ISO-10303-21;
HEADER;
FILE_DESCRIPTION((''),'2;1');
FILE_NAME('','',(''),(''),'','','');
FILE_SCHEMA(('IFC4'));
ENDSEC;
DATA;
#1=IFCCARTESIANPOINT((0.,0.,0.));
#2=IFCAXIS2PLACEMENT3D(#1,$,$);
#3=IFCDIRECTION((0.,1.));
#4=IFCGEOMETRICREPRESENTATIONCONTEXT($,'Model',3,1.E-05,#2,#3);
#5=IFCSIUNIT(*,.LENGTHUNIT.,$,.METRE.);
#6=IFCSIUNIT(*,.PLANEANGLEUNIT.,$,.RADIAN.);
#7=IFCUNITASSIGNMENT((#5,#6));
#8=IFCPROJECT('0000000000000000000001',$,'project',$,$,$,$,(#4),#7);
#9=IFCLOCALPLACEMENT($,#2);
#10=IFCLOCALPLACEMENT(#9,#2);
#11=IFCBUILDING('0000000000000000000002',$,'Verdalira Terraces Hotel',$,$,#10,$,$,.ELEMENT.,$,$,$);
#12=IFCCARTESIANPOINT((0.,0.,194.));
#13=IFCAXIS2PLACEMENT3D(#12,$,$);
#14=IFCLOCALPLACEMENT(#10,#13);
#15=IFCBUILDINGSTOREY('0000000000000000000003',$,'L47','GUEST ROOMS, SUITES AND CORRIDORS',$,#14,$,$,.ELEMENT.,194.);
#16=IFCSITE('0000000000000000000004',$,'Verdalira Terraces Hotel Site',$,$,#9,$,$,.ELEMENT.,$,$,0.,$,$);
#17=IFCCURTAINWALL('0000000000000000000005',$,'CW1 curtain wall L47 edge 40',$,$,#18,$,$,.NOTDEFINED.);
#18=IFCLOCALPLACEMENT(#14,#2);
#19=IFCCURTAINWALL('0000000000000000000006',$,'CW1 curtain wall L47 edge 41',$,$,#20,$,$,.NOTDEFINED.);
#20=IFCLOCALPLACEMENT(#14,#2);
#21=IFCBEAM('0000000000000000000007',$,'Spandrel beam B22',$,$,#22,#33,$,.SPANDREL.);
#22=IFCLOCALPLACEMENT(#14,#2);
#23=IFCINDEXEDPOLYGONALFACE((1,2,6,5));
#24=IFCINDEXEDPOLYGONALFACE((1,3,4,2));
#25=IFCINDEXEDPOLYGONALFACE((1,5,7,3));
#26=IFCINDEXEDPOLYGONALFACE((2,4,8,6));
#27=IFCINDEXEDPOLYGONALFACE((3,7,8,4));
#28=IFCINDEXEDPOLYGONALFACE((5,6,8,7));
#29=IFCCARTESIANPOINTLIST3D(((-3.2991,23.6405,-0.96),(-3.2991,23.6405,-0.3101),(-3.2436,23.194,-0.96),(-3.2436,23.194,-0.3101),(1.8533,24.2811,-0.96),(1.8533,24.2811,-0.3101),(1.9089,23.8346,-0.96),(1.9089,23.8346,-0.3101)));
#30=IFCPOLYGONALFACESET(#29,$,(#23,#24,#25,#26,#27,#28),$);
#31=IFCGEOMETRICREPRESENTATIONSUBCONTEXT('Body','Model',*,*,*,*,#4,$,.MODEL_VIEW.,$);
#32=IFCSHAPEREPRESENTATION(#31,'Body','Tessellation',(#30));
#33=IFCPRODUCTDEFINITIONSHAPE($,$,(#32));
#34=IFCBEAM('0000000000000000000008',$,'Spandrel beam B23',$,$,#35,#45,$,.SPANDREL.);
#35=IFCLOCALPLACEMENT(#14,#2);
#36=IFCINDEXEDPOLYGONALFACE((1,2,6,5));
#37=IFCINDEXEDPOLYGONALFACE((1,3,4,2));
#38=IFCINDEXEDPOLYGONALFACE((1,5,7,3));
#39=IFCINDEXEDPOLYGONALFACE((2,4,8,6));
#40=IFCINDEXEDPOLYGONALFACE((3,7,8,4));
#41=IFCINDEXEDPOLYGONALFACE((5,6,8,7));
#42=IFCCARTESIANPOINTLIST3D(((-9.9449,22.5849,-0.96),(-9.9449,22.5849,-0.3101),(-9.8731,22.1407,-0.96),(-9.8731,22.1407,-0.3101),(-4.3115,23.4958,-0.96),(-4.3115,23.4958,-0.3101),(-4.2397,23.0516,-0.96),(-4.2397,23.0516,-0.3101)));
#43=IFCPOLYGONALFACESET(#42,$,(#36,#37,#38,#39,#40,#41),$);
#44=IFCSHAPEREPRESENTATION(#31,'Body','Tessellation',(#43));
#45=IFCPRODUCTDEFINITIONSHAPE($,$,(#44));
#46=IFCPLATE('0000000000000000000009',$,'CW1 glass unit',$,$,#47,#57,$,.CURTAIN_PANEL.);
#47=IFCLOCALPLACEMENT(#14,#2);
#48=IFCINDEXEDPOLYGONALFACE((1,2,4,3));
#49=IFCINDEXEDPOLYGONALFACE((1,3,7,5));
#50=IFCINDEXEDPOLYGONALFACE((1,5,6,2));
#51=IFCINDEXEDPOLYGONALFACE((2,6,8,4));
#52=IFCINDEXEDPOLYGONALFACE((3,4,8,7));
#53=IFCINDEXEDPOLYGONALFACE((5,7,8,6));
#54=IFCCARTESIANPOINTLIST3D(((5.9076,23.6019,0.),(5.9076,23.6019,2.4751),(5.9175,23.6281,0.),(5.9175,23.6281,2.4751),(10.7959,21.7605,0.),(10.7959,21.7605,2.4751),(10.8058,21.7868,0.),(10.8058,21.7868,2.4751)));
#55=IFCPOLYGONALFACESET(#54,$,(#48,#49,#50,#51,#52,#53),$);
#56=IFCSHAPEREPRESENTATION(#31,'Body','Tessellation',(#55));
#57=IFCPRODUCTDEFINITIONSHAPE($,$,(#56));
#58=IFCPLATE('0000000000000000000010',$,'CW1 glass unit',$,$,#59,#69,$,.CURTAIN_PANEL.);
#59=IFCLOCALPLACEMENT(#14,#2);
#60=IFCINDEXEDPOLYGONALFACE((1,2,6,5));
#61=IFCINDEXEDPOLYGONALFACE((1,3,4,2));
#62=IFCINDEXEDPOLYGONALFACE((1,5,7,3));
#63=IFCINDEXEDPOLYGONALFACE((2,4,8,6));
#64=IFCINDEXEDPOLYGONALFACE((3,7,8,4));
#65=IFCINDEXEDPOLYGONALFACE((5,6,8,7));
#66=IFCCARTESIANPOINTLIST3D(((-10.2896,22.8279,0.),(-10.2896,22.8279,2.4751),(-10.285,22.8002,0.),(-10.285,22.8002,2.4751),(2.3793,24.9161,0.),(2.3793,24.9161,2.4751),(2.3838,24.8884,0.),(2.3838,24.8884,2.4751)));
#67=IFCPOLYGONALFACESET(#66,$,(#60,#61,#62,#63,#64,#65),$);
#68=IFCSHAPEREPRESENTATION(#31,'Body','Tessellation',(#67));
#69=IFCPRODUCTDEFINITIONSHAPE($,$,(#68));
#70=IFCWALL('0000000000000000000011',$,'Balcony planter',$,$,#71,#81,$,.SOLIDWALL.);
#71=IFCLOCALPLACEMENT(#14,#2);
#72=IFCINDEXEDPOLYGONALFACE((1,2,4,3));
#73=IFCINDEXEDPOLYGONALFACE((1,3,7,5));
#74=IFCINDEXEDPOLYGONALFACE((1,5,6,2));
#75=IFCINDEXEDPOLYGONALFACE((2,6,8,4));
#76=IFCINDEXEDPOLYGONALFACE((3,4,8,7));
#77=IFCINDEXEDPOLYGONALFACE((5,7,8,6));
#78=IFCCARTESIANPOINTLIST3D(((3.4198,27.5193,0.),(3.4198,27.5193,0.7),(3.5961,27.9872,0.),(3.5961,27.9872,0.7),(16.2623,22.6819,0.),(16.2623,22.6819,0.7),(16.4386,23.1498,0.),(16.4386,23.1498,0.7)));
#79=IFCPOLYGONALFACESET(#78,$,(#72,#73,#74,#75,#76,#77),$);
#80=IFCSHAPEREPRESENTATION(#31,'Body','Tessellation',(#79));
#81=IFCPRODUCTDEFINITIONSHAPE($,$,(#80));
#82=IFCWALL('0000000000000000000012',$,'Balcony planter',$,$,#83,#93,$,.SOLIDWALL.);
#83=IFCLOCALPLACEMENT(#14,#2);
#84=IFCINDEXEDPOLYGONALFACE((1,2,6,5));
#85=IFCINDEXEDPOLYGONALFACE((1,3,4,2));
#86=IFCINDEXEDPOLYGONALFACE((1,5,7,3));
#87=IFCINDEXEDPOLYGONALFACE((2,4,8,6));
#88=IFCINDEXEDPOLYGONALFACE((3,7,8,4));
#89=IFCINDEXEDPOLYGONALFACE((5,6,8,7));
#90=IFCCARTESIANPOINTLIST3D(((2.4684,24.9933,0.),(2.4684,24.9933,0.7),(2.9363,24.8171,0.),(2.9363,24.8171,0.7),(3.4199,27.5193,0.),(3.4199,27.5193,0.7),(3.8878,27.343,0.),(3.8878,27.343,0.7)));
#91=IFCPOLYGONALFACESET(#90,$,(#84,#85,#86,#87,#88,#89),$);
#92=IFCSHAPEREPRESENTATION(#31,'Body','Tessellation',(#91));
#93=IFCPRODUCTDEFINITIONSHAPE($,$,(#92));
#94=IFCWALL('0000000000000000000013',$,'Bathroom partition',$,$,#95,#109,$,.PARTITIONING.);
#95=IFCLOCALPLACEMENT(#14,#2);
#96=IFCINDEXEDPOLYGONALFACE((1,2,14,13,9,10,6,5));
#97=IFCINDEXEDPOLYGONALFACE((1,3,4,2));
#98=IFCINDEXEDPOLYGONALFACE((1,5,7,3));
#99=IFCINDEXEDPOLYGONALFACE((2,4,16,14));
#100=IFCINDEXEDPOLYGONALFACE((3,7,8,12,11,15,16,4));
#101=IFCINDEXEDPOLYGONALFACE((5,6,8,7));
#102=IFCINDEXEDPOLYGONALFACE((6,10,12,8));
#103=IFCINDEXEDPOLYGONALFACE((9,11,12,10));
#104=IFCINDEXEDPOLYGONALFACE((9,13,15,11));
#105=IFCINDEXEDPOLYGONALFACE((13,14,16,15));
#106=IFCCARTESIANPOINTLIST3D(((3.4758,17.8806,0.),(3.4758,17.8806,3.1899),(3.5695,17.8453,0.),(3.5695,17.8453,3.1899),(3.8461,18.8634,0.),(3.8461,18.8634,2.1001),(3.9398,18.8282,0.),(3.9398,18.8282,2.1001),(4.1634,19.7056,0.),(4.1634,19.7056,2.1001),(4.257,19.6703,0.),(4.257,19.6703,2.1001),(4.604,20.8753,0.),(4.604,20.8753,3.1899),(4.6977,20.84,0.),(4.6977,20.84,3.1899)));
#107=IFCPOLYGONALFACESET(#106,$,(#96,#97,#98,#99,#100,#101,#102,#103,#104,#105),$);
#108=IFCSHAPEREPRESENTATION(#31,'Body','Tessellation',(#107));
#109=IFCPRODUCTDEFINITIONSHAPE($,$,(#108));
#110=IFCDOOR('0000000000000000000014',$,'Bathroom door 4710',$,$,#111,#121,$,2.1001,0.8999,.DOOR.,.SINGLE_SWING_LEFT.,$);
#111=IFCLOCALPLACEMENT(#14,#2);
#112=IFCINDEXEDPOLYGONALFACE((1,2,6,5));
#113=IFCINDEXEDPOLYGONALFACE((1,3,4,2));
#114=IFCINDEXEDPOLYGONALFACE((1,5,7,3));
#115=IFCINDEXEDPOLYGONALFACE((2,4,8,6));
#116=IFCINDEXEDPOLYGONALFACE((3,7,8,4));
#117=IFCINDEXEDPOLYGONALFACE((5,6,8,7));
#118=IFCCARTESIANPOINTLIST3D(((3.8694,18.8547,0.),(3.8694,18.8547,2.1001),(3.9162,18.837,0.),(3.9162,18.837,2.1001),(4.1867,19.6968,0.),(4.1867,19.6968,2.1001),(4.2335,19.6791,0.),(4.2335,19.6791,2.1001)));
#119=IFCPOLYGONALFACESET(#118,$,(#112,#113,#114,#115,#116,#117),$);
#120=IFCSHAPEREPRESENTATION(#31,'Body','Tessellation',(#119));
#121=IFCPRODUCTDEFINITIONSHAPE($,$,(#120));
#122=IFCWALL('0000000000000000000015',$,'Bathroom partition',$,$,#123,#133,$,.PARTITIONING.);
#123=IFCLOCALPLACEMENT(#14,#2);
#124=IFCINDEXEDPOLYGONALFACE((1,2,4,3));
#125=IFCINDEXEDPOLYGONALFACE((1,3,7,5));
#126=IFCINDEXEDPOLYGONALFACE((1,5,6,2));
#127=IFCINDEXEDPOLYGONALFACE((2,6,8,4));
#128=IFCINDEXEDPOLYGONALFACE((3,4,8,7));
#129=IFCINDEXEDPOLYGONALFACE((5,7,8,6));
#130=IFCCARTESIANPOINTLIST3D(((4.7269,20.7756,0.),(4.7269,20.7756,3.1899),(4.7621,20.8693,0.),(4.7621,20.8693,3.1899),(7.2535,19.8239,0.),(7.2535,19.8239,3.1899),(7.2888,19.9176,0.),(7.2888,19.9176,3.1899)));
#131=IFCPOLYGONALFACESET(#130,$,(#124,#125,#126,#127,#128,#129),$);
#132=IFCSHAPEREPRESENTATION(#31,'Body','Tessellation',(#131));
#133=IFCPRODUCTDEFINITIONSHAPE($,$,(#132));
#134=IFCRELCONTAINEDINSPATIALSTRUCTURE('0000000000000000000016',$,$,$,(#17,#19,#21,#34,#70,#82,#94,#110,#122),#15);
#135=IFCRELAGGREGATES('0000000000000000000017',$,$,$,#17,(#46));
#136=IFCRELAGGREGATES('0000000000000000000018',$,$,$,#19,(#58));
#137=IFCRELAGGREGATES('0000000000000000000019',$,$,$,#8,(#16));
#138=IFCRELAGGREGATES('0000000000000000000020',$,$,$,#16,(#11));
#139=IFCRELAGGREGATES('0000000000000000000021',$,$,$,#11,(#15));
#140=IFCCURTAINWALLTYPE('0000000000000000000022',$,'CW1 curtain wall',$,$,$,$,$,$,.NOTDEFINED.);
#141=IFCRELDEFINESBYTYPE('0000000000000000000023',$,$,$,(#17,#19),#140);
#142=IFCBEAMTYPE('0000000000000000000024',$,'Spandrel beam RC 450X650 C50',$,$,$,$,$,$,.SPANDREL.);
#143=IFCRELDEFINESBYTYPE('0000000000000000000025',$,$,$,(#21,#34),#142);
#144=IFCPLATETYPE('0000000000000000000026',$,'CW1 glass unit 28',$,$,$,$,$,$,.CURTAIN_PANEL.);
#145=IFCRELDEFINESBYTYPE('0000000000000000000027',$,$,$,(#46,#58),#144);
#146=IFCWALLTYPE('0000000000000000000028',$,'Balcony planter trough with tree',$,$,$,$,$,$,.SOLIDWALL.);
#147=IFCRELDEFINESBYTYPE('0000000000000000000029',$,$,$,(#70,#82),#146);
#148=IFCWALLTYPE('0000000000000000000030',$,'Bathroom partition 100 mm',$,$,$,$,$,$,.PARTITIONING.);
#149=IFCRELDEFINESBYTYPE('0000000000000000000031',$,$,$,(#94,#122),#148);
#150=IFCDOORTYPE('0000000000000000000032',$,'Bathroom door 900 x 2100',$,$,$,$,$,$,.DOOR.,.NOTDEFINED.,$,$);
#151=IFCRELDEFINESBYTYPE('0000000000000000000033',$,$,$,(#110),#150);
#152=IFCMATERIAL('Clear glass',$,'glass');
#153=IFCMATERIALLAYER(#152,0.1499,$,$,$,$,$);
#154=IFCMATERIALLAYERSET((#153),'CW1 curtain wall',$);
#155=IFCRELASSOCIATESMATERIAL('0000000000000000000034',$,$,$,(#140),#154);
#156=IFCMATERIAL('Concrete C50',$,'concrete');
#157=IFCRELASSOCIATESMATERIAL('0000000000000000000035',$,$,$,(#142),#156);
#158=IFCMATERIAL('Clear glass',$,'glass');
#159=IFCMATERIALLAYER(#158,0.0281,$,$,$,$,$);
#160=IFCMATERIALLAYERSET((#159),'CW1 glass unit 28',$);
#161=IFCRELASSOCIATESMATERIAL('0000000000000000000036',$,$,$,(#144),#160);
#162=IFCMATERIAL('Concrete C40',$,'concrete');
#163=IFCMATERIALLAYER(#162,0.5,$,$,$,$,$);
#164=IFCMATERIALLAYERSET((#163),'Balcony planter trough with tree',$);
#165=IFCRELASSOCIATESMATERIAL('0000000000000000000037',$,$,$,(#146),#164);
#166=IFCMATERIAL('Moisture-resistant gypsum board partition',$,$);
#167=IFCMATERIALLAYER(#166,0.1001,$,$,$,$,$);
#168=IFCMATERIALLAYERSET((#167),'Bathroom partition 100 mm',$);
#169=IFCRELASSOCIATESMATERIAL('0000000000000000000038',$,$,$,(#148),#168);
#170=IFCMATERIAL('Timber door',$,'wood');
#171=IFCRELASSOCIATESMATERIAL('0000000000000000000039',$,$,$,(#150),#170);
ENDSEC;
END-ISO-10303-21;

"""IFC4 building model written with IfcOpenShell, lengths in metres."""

from ifc_helpers import new_model, si_unit, direction, frame, frame_2d, origin, origin_2d, place, context, subcontext, project, spatial, rectangle, extrude, material, layer, layer_set, material_profile, profile_set, type_object, element, fill, aggregate, save


model = new_model("IFC4")

# Units and contexts
model_context = context("Model", 3, precision=1e-05, world=origin(), true_north=direction((0.0, 1.0)))
body_context = subcontext(model_context, "Body", "Model", "MODEL_VIEW")
ifc_project = project(units=[si_unit("LENGTHUNIT", "METRE"), si_unit("PLANEANGLEUNIT", "RADIAN")], contexts=[model_context])

# Site, building, storey
site_placement = place(None, origin())
site = spatial("IfcSite", under=ifc_project, at=site_placement, Name="Verdalira Terraces Hotel Site", CompositionType="ELEMENT", RefElevation=0.0)
building_placement = place(site_placement, origin())
building = spatial("IfcBuilding", under=site, at=building_placement, Name="Verdalira Terraces Hotel", CompositionType="ELEMENT")
storey_placement = place(building_placement, frame((0.0, 0.0, 194.0)))
storey = spatial("IfcBuildingStorey", under=building, at=storey_placement, Name="L47", Description="GUEST ROOMS, SUITES AND CORRIDORS", CompositionType="ELEMENT", Elevation=194.0)

# Curtain wall
ifc_material_1 = material(Name="Clear glass", Category="glass")
ifc_layer_1 = layer(ifc_material_1, 0.1499)
ifc_layer_set_1 = layer_set([ifc_layer_1], Name="CW1 curtain wall")
curtain_wall_type = type_object("IfcCurtainWallType", Name="CW1 curtain wall", PredefinedType="NOTDEFINED", material=ifc_layer_set_1)
curtain_wall_1_placement = place(storey_placement, origin())
curtain_wall_1 = element("IfcCurtainWall", 1, at=curtain_wall_1_placement, inside=storey, type_object=curtain_wall_type, Name="CW1 curtain wall L47 edge 40", PredefinedType="NOTDEFINED")

# Curtain wall
curtain_wall_2_placement = place(storey_placement, origin())
curtain_wall_2 = element("IfcCurtainWall", 2, at=curtain_wall_2_placement, inside=storey, type_object=curtain_wall_type, Name="CW1 curtain wall L47 edge 41", PredefinedType="NOTDEFINED")

# Beams
ifc_material_2 = material(Name="Concrete C50", Category="concrete")
ifc_material_profile_1 = material_profile(ifc_material_2, rectangle(XDim=0.45, YDim=0.6499, at=origin_2d()), Name="RC 450X650")
ifc_profile_set_1 = profile_set([ifc_material_profile_1], Name="Concrete C50")
beam_type_1 = type_object("IfcBeamType", Name="Spandrel beam RC 450X650 C50", PredefinedType="SPANDREL", material=ifc_profile_set_1)
beam_1_placement = place(storey_placement, frame((1.8811, 24.0579, -0.635), z_axis=(-0.992359, -0.123381, 0.0), x_axis=(0.123381, -0.992359, 0.0)))
element("IfcBeam", 3, at=beam_1_placement, inside=storey, type_object=beam_type_1, Name="Spandrel beam B22", PredefinedType="SPANDREL", context=body_context, shape_type="SweptSolid", body=[
    extrude(rectangle(XDim=0.45, YDim=0.6499, at=origin_2d()), origin(), (0.0, 0.0, 1.0), 5.1921),
])
beam_2_placement = place(storey_placement, frame((-4.2756, 23.2737, -0.635), z_axis=(-0.987178, -0.159624, 0.0), x_axis=(0.159624, -0.987178, 0.0)))
element("IfcBeam", 4, at=beam_2_placement, inside=storey, type_object=beam_type_1, Name="Spandrel beam B23", PredefinedType="SPANDREL", context=body_context, shape_type="SweptSolid", body=[
    extrude(rectangle(XDim=0.45, YDim=0.6499, at=origin_2d()), origin(), (0.0, 0.0, 1.0), 5.7065),
])

# Plates
ifc_material_3 = material(Name="Clear glass", Category="glass")
ifc_layer_2 = layer(ifc_material_3, 0.0281)
ifc_layer_set_2 = layer_set([ifc_layer_2], Name="CW1 glass unit 28")
plate_type = type_object("IfcPlateType", Name="CW1 glass unit 28", PredefinedType="CURTAIN_PANEL", material=ifc_layer_set_2)
plate_1_placement = place(storey_placement, frame((8.3567, 22.6943, 0.0), z_axis=(0.0, 0.0, 1.0), x_axis=(-0.935814, 0.352495, 0.0)))
plate_1 = element("IfcPlate", 5, at=plate_1_placement, type_object=plate_type, Name="CW1 glass unit", PredefinedType="CURTAIN_PANEL", context=body_context, shape_type="SweptSolid", body=[
    extrude(rectangle(XDim=5.2236, YDim=0.0281, at=origin_2d()), origin(), (0.0, 0.0, 1.0), 2.4751),
])
aggregate(curtain_wall_1, [plate_1])
plate_2_placement = place(storey_placement, frame((-3.9529, 23.8582, 0.0), z_axis=(0.0, 0.0, 1.0), x_axis=(-0.986686, -0.162637, 0.0)))
plate_2 = element("IfcPlate", 6, at=plate_2_placement, type_object=plate_type, Name="CW1 glass unit", PredefinedType="CURTAIN_PANEL", context=body_context, shape_type="SweptSolid", body=[
    extrude(rectangle(XDim=12.8398, YDim=0.0281, at=origin_2d()), origin(), (0.0, 0.0, 1.0), 2.4751),
])
aggregate(curtain_wall_2, [plate_2])

# Walls
ifc_material_4 = material(Name="Concrete C40", Category="concrete")
ifc_layer_3 = layer(ifc_material_4, 0.5)
ifc_layer_set_3 = layer_set([ifc_layer_3], Name="Balcony planter trough with tree")
wall_type_1 = type_object("IfcWallType", Name="Balcony planter trough with tree", PredefinedType="SOLIDWALL", material=ifc_layer_set_3)
wall_1_placement = place(storey_placement, frame((16.3506, 22.9158, 0.0), z_axis=(0.0, 0.0, 1.0), x_axis=(-0.935814, 0.352494, 0.0)))
element("IfcWall", 7, at=wall_1_placement, inside=storey, type_object=wall_type_1, Name="Balcony planter", PredefinedType="SOLIDWALL", context=body_context, shape_type="SweptSolid", body=[
    extrude(rectangle(XDim=13.7234, YDim=0.5, at=frame_2d((6.8618, 0.0))), origin(), (0.0, 0.0, 1.0), 0.7),
])
wall_2_placement = place(storey_placement, frame((3.6538, 27.4312, 0.0), z_axis=(0.0, 0.0, 1.0), x_axis=(-0.352491, -0.935815, 0.0)))
element("IfcWall", 8, at=wall_2_placement, inside=storey, type_object=wall_type_1, Name="Balcony planter", PredefinedType="SOLIDWALL", context=body_context, shape_type="SweptSolid", body=[
    extrude(rectangle(XDim=2.6992, YDim=0.5, at=frame_2d((1.3496, 0.0))), origin(), (0.0, 0.0, 1.0), 0.7),
])

# Wall, opening, door
ifc_material_5 = material(Name="Moisture-resistant gypsum board partition")
ifc_layer_4 = layer(ifc_material_5, 0.1001)
ifc_layer_set_4 = layer_set([ifc_layer_4], Name="Bathroom partition 100 mm")
wall_type_2 = type_object("IfcWallType", Name="Bathroom partition 100 mm", PredefinedType="PARTITIONING", material=ifc_layer_set_4)
wall_3_placement = place(storey_placement, frame((4.6509, 20.8577, 0.0), z_axis=(0.0, 0.0, 1.0), x_axis=(-0.352544, -0.935795, 0.0)))
wall_3 = element("IfcWall", 9, at=wall_3_placement, inside=storey, type_object=wall_type_2, Name="Bathroom partition", PredefinedType="PARTITIONING", context=body_context, shape_type="SweptSolid", body=[
    extrude(rectangle(XDim=3.2002, YDim=0.1001, at=frame_2d((1.6001, 0.0))), origin(), (0.0, 0.0, 1.0), 3.1899),
])
opening_1_placement = place(wall_3_placement, frame((1.25, 0.0, 0.0)))
opening_1 = element("IfcOpeningElement", 10, at=opening_1_placement, cuts=wall_3, PredefinedType="OPENING", context=body_context, shape_type="SweptSolid", body=[
    extrude(rectangle(XDim=0.8999, YDim=2.1001, at=frame_2d((0.45, 1.05))), frame((0.0, 0.0601, 0.0), z_axis=(0.0, -1.0, 0.0), x_axis=(1.0, 0.0, 0.0)), (0.0, 0.0, 1.0), 0.1201),
])
ifc_material_6 = material(Name="Timber door", Category="wood")
door_type_1 = type_object("IfcDoorType", Name="Bathroom door 900 x 2100", OperationType="NOTDEFINED", PredefinedType="DOOR", material=ifc_material_6)
door_1_placement = place(opening_1_placement, origin())
door_1 = element("IfcDoor", 11, at=door_1_placement, inside=storey, type_object=door_type_1, Name="Bathroom door 4710", OperationType="SINGLE_SWING_LEFT", OverallHeight=2.1001, OverallWidth=0.8999, PredefinedType="DOOR", context=body_context, shape_type="SweptSolid", body=[
    extrude(rectangle(XDim=0.8999, YDim=2.1001, at=frame_2d((0.45, 1.05))), frame((0.0, 0.0249, 0.0), z_axis=(0.0, -1.0, 0.0), x_axis=(1.0, 0.0, 0.0)), (0.0, 0.0, 1.0), 0.05),
])
fill(opening_1, door_1)

# Wall
wall_4_placement = place(storey_placement, frame((4.7444, 20.8225, 0.0), z_axis=(0.0, 0.0, 1.0), x_axis=(0.935819, -0.352481, 0.0)))
element("IfcWall", 12, at=wall_4_placement, inside=storey, type_object=wall_type_2, Name="Bathroom partition", PredefinedType="PARTITIONING", context=body_context, shape_type="SweptSolid", body=[
    extrude(rectangle(XDim=2.7, YDim=0.1001, at=frame_2d((1.3501, 0.0))), origin(), (0.0, 0.0, 1.0), 3.1899),
])

save(model, "model.ifc")
